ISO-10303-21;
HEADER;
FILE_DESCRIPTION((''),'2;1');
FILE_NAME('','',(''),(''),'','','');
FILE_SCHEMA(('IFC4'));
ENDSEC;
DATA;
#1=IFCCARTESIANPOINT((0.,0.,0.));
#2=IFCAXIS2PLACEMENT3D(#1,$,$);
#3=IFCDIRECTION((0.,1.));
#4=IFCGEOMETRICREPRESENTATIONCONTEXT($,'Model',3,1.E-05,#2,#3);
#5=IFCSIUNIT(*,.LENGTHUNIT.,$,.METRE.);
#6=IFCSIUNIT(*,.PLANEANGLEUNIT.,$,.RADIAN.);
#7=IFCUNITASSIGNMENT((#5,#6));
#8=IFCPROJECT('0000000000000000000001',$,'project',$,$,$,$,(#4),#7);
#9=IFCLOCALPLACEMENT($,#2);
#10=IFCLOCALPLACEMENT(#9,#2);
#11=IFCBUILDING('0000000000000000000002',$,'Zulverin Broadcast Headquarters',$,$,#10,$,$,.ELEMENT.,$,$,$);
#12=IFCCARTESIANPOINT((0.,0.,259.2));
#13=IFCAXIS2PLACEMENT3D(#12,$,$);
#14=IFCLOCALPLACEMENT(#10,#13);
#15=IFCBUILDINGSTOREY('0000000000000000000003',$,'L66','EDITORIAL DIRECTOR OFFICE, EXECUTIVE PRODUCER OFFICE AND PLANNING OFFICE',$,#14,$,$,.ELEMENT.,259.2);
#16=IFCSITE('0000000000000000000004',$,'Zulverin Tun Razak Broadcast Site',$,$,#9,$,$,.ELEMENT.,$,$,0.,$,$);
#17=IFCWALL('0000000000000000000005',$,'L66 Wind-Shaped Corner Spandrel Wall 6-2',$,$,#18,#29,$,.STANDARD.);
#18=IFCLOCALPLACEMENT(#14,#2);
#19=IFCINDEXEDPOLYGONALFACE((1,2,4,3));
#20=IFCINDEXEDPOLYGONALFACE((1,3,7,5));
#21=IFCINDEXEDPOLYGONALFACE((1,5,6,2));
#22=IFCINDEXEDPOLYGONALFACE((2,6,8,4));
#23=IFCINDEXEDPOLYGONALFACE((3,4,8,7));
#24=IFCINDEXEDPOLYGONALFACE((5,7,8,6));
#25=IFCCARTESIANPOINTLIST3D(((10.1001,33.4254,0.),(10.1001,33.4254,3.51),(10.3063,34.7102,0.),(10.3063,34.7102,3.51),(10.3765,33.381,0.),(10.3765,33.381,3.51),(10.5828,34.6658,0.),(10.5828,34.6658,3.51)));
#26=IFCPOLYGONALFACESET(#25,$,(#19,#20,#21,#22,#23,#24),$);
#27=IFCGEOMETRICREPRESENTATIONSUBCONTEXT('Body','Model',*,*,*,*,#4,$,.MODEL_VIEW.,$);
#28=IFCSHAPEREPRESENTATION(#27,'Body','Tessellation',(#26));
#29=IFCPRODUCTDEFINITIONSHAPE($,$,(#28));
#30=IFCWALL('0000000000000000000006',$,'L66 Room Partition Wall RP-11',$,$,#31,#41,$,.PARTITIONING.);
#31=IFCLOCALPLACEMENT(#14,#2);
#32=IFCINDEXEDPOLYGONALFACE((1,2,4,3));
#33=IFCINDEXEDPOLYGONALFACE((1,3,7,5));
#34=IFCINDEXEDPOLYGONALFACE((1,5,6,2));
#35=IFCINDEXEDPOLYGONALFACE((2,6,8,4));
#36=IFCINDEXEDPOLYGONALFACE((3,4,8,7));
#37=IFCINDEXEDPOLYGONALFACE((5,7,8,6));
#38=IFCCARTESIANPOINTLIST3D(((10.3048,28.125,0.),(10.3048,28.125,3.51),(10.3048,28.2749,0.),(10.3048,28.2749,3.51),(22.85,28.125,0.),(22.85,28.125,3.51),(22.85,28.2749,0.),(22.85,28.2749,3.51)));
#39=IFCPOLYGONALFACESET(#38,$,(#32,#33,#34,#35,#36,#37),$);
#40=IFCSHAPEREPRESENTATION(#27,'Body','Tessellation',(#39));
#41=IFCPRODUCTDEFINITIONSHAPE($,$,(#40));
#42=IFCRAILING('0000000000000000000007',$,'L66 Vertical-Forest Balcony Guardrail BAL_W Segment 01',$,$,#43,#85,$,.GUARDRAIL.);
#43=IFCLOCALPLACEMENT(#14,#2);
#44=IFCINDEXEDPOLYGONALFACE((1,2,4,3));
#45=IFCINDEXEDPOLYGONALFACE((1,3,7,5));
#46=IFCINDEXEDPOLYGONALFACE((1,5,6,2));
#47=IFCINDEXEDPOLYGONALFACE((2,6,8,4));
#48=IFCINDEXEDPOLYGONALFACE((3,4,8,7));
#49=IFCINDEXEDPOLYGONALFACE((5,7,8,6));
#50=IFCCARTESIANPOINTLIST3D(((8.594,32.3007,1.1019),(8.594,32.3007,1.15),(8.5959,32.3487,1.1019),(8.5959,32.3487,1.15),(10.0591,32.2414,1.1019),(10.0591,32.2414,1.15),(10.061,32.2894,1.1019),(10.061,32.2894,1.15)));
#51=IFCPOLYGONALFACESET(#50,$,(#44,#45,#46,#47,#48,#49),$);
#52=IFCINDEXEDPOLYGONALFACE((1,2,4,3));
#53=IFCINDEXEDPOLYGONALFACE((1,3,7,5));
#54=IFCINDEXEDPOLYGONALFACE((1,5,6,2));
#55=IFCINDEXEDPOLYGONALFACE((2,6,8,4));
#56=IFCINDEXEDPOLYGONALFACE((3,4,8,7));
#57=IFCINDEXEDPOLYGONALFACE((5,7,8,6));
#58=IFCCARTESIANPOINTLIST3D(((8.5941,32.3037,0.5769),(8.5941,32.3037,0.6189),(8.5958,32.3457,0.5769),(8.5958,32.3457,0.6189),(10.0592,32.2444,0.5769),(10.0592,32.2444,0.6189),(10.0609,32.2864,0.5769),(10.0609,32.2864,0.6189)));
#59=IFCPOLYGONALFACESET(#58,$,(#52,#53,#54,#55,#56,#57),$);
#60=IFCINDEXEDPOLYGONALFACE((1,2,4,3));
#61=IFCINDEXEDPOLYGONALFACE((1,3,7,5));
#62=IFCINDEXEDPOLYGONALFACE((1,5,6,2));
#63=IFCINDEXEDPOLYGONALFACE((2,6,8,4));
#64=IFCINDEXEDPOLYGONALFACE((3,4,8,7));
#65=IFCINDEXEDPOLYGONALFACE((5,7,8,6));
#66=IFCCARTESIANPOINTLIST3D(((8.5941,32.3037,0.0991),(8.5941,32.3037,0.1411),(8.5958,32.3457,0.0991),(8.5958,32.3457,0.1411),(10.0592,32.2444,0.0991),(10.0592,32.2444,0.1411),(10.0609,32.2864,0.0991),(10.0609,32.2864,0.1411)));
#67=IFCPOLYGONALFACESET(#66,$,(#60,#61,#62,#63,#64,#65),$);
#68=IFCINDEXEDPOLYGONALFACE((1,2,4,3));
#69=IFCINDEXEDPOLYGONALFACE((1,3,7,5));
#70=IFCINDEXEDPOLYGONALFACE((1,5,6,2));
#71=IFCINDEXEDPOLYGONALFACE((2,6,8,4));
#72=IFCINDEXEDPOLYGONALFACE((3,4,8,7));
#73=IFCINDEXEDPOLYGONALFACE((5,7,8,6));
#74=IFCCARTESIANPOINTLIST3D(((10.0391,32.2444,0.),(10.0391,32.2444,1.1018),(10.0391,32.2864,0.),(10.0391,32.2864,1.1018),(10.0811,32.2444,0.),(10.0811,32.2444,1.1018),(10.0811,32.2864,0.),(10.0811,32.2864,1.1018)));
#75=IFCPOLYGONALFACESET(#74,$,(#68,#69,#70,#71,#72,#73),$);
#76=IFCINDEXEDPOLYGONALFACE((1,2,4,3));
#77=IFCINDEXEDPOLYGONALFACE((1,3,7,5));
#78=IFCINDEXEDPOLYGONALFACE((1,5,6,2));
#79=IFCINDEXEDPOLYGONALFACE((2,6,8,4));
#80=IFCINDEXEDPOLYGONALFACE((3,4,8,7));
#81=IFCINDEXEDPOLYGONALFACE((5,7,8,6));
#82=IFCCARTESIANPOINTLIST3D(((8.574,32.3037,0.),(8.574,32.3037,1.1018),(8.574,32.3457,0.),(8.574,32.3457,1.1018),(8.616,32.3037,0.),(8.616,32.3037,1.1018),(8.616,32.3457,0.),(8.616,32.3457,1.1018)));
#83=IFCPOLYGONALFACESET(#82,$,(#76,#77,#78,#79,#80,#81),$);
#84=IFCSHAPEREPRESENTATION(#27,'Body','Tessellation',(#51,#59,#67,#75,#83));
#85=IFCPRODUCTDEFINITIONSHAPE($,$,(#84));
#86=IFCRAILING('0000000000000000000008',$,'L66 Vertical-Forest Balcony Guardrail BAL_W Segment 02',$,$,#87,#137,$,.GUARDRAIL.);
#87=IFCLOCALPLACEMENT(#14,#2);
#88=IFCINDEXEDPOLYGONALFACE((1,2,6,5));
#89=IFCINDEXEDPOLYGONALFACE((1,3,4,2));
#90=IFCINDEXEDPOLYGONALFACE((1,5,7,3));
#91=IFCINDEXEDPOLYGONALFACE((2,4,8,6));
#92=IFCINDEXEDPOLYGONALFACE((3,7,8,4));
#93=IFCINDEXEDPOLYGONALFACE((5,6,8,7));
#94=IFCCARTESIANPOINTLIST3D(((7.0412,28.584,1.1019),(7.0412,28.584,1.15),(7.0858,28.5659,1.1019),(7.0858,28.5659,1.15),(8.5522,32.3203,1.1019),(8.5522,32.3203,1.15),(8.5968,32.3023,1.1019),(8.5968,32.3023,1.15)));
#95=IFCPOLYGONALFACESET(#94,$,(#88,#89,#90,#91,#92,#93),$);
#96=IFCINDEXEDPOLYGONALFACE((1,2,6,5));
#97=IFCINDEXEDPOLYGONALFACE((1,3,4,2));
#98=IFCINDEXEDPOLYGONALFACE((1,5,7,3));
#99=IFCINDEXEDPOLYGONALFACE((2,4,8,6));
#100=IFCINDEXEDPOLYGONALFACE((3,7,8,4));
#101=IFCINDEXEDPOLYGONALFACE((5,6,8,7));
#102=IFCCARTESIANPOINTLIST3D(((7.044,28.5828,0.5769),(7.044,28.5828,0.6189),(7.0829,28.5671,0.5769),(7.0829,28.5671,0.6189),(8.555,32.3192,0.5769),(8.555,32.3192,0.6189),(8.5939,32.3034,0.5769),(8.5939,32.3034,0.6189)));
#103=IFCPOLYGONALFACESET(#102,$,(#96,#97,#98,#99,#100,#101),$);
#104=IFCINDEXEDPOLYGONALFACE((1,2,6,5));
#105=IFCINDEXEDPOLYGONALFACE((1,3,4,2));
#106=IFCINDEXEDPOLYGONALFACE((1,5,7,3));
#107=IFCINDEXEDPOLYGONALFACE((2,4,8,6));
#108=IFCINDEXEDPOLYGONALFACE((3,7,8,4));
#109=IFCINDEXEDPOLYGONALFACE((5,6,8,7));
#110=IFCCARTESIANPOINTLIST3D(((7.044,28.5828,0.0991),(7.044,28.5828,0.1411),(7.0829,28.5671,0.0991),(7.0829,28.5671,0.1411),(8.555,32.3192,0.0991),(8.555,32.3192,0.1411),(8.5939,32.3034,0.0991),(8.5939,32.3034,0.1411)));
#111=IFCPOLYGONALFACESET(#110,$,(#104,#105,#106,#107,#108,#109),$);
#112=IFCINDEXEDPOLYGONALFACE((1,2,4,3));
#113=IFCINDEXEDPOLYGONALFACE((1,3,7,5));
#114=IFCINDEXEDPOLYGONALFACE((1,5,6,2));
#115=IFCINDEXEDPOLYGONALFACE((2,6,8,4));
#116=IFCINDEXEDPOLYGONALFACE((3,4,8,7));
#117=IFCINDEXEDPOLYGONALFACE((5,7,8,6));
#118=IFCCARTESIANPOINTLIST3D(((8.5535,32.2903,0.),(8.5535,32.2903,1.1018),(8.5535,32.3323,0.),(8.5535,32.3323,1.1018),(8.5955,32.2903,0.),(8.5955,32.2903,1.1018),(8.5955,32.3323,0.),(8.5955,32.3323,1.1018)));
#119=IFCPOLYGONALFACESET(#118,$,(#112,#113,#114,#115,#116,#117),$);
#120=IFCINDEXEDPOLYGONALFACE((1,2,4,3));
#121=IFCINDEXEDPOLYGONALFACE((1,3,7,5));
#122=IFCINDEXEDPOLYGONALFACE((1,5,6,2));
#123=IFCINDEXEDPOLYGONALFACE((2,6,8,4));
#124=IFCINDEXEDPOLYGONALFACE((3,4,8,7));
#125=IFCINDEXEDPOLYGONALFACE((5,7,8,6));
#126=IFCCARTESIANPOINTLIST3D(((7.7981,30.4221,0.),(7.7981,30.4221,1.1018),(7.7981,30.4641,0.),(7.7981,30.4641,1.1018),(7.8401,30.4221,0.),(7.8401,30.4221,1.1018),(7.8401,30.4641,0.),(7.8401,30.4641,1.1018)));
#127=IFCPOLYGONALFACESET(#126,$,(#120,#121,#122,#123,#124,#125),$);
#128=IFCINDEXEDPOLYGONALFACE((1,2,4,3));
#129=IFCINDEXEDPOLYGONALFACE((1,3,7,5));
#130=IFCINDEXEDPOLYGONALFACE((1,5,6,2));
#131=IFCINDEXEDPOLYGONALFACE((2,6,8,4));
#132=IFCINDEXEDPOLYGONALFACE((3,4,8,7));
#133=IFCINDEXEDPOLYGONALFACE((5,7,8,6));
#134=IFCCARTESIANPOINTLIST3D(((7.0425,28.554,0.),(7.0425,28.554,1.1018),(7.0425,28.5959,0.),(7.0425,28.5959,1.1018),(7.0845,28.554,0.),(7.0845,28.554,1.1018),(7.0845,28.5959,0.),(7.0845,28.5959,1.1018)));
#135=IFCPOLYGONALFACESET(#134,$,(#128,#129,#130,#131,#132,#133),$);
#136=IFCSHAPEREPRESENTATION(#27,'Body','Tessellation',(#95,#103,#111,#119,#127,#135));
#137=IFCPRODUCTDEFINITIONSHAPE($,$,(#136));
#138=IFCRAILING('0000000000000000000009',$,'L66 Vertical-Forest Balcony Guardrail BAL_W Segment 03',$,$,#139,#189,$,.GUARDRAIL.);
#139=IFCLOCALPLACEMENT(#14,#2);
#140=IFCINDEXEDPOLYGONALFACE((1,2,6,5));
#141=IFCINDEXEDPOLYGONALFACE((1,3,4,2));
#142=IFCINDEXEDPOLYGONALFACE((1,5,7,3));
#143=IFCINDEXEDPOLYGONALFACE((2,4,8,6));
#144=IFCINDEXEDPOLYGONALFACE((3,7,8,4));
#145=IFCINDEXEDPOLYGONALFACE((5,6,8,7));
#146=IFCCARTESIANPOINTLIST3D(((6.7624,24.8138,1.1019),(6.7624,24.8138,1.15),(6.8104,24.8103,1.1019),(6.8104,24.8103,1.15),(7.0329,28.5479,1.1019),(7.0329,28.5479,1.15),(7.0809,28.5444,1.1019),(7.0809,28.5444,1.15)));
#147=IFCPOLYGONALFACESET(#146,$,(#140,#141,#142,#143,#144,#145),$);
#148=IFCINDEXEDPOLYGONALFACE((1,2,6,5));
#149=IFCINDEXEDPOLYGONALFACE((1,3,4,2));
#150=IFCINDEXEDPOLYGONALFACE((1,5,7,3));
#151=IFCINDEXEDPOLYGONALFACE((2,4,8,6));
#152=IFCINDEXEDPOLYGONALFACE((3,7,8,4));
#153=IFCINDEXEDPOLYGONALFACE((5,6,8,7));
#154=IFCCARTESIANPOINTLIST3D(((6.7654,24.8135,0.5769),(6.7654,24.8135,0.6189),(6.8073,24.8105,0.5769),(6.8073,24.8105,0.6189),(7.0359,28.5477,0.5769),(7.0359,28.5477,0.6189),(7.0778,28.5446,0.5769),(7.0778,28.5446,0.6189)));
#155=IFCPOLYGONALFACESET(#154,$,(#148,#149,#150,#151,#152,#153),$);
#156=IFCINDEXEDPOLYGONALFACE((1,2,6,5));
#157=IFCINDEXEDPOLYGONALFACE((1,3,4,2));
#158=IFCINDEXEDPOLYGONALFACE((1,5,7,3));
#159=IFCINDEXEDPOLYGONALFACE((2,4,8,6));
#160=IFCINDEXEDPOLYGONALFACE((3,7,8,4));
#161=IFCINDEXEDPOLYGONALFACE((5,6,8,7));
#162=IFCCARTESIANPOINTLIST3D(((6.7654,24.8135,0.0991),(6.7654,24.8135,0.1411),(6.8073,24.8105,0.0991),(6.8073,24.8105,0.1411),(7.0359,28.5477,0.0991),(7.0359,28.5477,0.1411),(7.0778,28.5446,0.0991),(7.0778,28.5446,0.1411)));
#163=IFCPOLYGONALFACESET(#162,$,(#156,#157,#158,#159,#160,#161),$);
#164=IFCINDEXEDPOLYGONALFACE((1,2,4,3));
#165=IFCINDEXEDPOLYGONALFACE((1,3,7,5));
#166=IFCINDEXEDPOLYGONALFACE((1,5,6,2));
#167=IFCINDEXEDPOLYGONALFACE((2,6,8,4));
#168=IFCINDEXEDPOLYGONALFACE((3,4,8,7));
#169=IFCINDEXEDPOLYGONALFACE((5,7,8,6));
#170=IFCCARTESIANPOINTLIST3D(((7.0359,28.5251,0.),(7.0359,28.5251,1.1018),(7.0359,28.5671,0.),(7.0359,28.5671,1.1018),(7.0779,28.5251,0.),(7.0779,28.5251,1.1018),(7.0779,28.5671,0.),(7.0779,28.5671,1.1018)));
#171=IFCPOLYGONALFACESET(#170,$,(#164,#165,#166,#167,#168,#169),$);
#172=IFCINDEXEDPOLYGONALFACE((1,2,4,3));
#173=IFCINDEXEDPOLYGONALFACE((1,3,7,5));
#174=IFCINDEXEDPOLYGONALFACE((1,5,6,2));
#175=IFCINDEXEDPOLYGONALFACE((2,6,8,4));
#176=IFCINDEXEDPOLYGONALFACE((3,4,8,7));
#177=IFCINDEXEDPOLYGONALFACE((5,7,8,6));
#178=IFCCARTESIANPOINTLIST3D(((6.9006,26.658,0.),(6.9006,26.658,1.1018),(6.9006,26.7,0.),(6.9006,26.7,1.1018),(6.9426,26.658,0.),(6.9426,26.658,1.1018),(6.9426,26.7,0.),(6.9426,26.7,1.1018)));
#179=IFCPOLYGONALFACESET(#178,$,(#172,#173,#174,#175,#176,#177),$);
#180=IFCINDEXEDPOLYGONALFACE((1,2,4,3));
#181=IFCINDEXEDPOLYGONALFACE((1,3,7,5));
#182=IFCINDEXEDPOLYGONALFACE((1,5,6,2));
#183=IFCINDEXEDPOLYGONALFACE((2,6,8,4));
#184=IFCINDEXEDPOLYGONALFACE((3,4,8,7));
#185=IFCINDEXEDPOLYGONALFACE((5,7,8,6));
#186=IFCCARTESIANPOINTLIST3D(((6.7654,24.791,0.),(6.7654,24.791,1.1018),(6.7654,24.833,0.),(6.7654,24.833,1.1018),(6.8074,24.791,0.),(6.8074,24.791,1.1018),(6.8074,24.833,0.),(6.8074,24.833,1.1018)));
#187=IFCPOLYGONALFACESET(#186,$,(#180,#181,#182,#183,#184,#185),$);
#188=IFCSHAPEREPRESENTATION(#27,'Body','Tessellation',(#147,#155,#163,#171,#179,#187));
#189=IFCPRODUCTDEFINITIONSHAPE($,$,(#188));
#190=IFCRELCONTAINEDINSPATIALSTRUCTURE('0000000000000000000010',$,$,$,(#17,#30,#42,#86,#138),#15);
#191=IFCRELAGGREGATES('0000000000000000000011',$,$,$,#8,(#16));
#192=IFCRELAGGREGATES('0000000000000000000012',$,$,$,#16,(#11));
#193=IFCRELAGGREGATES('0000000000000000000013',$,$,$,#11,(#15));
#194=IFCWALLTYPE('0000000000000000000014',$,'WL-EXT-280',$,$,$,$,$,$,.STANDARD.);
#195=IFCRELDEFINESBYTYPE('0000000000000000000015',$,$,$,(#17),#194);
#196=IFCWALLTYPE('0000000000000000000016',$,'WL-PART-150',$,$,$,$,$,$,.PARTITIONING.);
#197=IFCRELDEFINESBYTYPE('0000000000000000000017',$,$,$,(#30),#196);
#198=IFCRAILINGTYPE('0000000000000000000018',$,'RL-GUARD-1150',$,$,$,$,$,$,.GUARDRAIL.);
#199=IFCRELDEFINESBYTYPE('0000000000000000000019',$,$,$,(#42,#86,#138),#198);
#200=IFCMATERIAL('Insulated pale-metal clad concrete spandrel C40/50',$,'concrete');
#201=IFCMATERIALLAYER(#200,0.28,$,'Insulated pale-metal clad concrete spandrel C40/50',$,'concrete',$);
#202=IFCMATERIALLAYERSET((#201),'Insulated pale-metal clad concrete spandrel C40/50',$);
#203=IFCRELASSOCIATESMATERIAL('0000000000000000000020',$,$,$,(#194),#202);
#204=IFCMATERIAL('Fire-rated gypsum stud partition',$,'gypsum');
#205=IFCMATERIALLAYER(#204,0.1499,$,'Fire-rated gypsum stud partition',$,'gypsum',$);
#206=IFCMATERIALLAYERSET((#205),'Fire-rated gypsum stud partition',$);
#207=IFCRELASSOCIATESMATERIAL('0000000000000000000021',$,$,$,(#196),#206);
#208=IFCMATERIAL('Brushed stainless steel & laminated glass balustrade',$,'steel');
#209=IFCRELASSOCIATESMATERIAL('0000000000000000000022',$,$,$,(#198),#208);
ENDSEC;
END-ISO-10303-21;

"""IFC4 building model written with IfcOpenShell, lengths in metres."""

from ifc_helpers import new_model, si_unit, direction, frame, frame_2d, origin, origin_2d, place, context, subcontext, project, spatial, rectangle, extrude, material, layer, layer_set, type_object, element, save


model = new_model("IFC4")

# Units and contexts
model_context = context("Model", 3, precision=1e-05, world=origin(), true_north=direction((0.0, 1.0)))
body_context = subcontext(model_context, "Body", "Model", "MODEL_VIEW")
ifc_project = project(units=[si_unit("LENGTHUNIT", "METRE"), si_unit("PLANEANGLEUNIT", "RADIAN")], contexts=[model_context])

# Site, building, storey
site_placement = place(None, origin())
site = spatial("IfcSite", under=ifc_project, at=site_placement, Name="Zulverin Tun Razak Broadcast Site", CompositionType="ELEMENT", RefElevation=0.0)
building_placement = place(site_placement, origin())
building = spatial("IfcBuilding", under=site, at=building_placement, Name="Zulverin Broadcast Headquarters", CompositionType="ELEMENT")
storey_placement = place(building_placement, frame((0.0, 0.0, 259.2)))
storey = spatial("IfcBuildingStorey", under=building, at=storey_placement, Name="L66", Description="EDITORIAL DIRECTOR OFFICE, EXECUTIVE PRODUCER OFFICE AND PLANNING OFFICE", CompositionType="ELEMENT", Elevation=259.2)

# Shared definitions
ifc_material_1 = material(Name="Insulated pale-metal clad concrete spandrel C40/50", Category="concrete")
ifc_layer_1 = layer(ifc_material_1, 0.28, Name="Insulated pale-metal clad concrete spandrel C40/50", Category="concrete")
ifc_layer_set_1 = layer_set([ifc_layer_1], Name="Insulated pale-metal clad concrete spandrel C40/50")
wall_type_1 = type_object("IfcWallType", Name="WL-EXT-280", PredefinedType="STANDARD", material=ifc_layer_set_1)

# Walls
wall_1_placement = place(storey_placement, frame((10.4446, 34.688, 0.0), z_axis=(0.0, 0.0, 1.0), x_axis=(-0.158525, -0.987355, 0.0)))
element("IfcWall", 1, at=wall_1_placement, inside=storey, type_object=wall_type_1, Name="L66 Wind-Shaped Corner Spandrel Wall 6-2", PredefinedType="STANDARD", context=body_context, shape_type="SweptSolid", body=[
    extrude(rectangle(XDim=1.3013, YDim=0.28, at=frame_2d((0.6506, 0.0))), origin(), (0.0, 0.0, 1.0), 3.51),
])
ifc_material_2 = material(Name="Fire-rated gypsum stud partition", Category="gypsum")
ifc_layer_2 = layer(ifc_material_2, 0.1499, Name="Fire-rated gypsum stud partition", Category="gypsum")
ifc_layer_set_2 = layer_set([ifc_layer_2], Name="Fire-rated gypsum stud partition")
wall_type_2 = type_object("IfcWallType", Name="WL-PART-150", PredefinedType="PARTITIONING", material=ifc_layer_set_2)
wall_2_placement = place(storey_placement, frame((10.3049, 28.2, 0.0), z_axis=(0.0, 0.0, 1.0), x_axis=(1.0, 0.0, 0.0)))
element("IfcWall", 2, at=wall_2_placement, inside=storey, type_object=wall_type_2, Name="L66 Room Partition Wall RP-11", PredefinedType="PARTITIONING", context=body_context, shape_type="SweptSolid", body=[
    extrude(rectangle(XDim=12.5452, YDim=0.1499, at=frame_2d((6.2725, 0.0))), origin(), (0.0, 0.0, 1.0), 3.51),
])

# Railings
ifc_material_3 = material(Name="Brushed stainless steel & laminated glass balustrade", Category="steel")
railing_type = type_object("IfcRailingType", Name="RL-GUARD-1150", PredefinedType="GUARDRAIL", material=ifc_material_3)
railing_1_placement = place(storey_placement, frame((10.0601, 32.2654, 0.0)))
element("IfcRailing", 3, at=railing_1_placement, inside=storey, type_object=railing_type, Name="L66 Vertical-Forest Balcony Guardrail BAL_W Segment 01", PredefinedType="GUARDRAIL", context=body_context, shape_type="SweptSolid", body=[
    extrude(rectangle(XDim=0.0481, YDim=0.0481, at=origin_2d()), frame((0.0, 0.0, 1.126), z_axis=(-0.999181, 0.04046, 0.0), x_axis=(-0.04046, -0.999181, 0.0)), (0.0, 0.0, 1.0), 1.4663),
    extrude(rectangle(XDim=0.042, YDim=0.042, at=origin_2d()), frame((0.0, 0.0, 0.5979), z_axis=(-0.999181, 0.04046, 0.0), x_axis=(-0.04046, -0.999181, 0.0)), (0.0, 0.0, 1.0), 1.4663),
    extrude(rectangle(XDim=0.042, YDim=0.042, at=origin_2d()), frame((0.0, 0.0, 0.1201), z_axis=(-0.999181, 0.04046, 0.0), x_axis=(-0.04046, -0.999181, 0.0)), (0.0, 0.0, 1.0), 1.4663),
    extrude(rectangle(XDim=0.042, YDim=0.042, at=origin_2d()), origin(), (0.0, 0.0, 1.0), 1.1018),
    extrude(rectangle(XDim=0.042, YDim=0.042, at=origin_2d()), frame((-1.4651, 0.0593, 0.0)), (0.0, 0.0, 1.0), 1.1018),
])
railing_2_placement = place(storey_placement, frame((8.5745, 32.3113, 0.0)))
element("IfcRailing", 4, at=railing_2_placement, inside=storey, type_object=railing_type, Name="L66 Vertical-Forest Balcony Guardrail BAL_W Segment 02", PredefinedType="GUARDRAIL", context=body_context, shape_type="SweptSolid", body=[
    extrude(rectangle(XDim=0.0481, YDim=0.0481, at=origin_2d()), frame((0.0, 0.0, 1.126), z_axis=(-0.374908, -0.927062, 0.0), x_axis=(0.927062, -0.374908, 0.0)), (0.0, 0.0, 1.0), 4.0303),
    extrude(rectangle(XDim=0.042, YDim=0.042, at=origin_2d()), frame((0.0, 0.0, 0.5979), z_axis=(-0.374908, -0.927062, 0.0), x_axis=(0.927062, -0.374908, 0.0)), (0.0, 0.0, 1.0), 4.0303),
    extrude(rectangle(XDim=0.042, YDim=0.042, at=origin_2d()), frame((0.0, 0.0, 0.1201), z_axis=(-0.374908, -0.927062, 0.0), x_axis=(0.927062, -0.374908, 0.0)), (0.0, 0.0, 1.0), 4.0303),
    extrude(rectangle(XDim=0.042, YDim=0.042, at=origin_2d()), origin(), (0.0, 0.0, 1.0), 1.1018),
    extrude(rectangle(XDim=0.042, YDim=0.042, at=origin_2d()), frame((-0.7554, -1.8682, 0.0)), (0.0, 0.0, 1.0), 1.1018),
    extrude(rectangle(XDim=0.042, YDim=0.042, at=origin_2d()), frame((-1.511, -3.7363, 0.0)), (0.0, 0.0, 1.0), 1.1018),
])
railing_3_placement = place(storey_placement, frame((7.0569, 28.5461, 0.0)))
element("IfcRailing", 5, at=railing_3_placement, inside=storey, type_object=railing_type, Name="L66 Vertical-Forest Balcony Guardrail BAL_W Segment 03", PredefinedType="GUARDRAIL", context=body_context, shape_type="SweptSolid", body=[
    extrude(rectangle(XDim=0.0481, YDim=0.0481, at=origin_2d()), frame((0.0, 0.0, 1.126), z_axis=(-0.072253, -0.997386, 0.0), x_axis=(0.997386, -0.072253, 0.0)), (0.0, 0.0, 1.0), 3.7439),
    extrude(rectangle(XDim=0.042, YDim=0.042, at=origin_2d()), frame((0.0, 0.0, 0.5979), z_axis=(-0.072253, -0.997386, 0.0), x_axis=(0.997386, -0.072253, 0.0)), (0.0, 0.0, 1.0), 3.7439),
    extrude(rectangle(XDim=0.042, YDim=0.042, at=origin_2d()), frame((0.0, 0.0, 0.1201), z_axis=(-0.072253, -0.997386, 0.0), x_axis=(0.997386, -0.072253, 0.0)), (0.0, 0.0, 1.0), 3.7439),
    extrude(rectangle(XDim=0.042, YDim=0.042, at=origin_2d()), origin(), (0.0, 0.0, 1.0), 1.1018),
    extrude(rectangle(XDim=0.042, YDim=0.042, at=origin_2d()), frame((-0.1353, -1.8672, 0.0)), (0.0, 0.0, 1.0), 1.1018),
    extrude(rectangle(XDim=0.042, YDim=0.042, at=origin_2d()), frame((-0.2705, -3.7341, 0.0)), (0.0, 0.0, 1.0), 1.1018),
])

save(model, "model.ifc")
